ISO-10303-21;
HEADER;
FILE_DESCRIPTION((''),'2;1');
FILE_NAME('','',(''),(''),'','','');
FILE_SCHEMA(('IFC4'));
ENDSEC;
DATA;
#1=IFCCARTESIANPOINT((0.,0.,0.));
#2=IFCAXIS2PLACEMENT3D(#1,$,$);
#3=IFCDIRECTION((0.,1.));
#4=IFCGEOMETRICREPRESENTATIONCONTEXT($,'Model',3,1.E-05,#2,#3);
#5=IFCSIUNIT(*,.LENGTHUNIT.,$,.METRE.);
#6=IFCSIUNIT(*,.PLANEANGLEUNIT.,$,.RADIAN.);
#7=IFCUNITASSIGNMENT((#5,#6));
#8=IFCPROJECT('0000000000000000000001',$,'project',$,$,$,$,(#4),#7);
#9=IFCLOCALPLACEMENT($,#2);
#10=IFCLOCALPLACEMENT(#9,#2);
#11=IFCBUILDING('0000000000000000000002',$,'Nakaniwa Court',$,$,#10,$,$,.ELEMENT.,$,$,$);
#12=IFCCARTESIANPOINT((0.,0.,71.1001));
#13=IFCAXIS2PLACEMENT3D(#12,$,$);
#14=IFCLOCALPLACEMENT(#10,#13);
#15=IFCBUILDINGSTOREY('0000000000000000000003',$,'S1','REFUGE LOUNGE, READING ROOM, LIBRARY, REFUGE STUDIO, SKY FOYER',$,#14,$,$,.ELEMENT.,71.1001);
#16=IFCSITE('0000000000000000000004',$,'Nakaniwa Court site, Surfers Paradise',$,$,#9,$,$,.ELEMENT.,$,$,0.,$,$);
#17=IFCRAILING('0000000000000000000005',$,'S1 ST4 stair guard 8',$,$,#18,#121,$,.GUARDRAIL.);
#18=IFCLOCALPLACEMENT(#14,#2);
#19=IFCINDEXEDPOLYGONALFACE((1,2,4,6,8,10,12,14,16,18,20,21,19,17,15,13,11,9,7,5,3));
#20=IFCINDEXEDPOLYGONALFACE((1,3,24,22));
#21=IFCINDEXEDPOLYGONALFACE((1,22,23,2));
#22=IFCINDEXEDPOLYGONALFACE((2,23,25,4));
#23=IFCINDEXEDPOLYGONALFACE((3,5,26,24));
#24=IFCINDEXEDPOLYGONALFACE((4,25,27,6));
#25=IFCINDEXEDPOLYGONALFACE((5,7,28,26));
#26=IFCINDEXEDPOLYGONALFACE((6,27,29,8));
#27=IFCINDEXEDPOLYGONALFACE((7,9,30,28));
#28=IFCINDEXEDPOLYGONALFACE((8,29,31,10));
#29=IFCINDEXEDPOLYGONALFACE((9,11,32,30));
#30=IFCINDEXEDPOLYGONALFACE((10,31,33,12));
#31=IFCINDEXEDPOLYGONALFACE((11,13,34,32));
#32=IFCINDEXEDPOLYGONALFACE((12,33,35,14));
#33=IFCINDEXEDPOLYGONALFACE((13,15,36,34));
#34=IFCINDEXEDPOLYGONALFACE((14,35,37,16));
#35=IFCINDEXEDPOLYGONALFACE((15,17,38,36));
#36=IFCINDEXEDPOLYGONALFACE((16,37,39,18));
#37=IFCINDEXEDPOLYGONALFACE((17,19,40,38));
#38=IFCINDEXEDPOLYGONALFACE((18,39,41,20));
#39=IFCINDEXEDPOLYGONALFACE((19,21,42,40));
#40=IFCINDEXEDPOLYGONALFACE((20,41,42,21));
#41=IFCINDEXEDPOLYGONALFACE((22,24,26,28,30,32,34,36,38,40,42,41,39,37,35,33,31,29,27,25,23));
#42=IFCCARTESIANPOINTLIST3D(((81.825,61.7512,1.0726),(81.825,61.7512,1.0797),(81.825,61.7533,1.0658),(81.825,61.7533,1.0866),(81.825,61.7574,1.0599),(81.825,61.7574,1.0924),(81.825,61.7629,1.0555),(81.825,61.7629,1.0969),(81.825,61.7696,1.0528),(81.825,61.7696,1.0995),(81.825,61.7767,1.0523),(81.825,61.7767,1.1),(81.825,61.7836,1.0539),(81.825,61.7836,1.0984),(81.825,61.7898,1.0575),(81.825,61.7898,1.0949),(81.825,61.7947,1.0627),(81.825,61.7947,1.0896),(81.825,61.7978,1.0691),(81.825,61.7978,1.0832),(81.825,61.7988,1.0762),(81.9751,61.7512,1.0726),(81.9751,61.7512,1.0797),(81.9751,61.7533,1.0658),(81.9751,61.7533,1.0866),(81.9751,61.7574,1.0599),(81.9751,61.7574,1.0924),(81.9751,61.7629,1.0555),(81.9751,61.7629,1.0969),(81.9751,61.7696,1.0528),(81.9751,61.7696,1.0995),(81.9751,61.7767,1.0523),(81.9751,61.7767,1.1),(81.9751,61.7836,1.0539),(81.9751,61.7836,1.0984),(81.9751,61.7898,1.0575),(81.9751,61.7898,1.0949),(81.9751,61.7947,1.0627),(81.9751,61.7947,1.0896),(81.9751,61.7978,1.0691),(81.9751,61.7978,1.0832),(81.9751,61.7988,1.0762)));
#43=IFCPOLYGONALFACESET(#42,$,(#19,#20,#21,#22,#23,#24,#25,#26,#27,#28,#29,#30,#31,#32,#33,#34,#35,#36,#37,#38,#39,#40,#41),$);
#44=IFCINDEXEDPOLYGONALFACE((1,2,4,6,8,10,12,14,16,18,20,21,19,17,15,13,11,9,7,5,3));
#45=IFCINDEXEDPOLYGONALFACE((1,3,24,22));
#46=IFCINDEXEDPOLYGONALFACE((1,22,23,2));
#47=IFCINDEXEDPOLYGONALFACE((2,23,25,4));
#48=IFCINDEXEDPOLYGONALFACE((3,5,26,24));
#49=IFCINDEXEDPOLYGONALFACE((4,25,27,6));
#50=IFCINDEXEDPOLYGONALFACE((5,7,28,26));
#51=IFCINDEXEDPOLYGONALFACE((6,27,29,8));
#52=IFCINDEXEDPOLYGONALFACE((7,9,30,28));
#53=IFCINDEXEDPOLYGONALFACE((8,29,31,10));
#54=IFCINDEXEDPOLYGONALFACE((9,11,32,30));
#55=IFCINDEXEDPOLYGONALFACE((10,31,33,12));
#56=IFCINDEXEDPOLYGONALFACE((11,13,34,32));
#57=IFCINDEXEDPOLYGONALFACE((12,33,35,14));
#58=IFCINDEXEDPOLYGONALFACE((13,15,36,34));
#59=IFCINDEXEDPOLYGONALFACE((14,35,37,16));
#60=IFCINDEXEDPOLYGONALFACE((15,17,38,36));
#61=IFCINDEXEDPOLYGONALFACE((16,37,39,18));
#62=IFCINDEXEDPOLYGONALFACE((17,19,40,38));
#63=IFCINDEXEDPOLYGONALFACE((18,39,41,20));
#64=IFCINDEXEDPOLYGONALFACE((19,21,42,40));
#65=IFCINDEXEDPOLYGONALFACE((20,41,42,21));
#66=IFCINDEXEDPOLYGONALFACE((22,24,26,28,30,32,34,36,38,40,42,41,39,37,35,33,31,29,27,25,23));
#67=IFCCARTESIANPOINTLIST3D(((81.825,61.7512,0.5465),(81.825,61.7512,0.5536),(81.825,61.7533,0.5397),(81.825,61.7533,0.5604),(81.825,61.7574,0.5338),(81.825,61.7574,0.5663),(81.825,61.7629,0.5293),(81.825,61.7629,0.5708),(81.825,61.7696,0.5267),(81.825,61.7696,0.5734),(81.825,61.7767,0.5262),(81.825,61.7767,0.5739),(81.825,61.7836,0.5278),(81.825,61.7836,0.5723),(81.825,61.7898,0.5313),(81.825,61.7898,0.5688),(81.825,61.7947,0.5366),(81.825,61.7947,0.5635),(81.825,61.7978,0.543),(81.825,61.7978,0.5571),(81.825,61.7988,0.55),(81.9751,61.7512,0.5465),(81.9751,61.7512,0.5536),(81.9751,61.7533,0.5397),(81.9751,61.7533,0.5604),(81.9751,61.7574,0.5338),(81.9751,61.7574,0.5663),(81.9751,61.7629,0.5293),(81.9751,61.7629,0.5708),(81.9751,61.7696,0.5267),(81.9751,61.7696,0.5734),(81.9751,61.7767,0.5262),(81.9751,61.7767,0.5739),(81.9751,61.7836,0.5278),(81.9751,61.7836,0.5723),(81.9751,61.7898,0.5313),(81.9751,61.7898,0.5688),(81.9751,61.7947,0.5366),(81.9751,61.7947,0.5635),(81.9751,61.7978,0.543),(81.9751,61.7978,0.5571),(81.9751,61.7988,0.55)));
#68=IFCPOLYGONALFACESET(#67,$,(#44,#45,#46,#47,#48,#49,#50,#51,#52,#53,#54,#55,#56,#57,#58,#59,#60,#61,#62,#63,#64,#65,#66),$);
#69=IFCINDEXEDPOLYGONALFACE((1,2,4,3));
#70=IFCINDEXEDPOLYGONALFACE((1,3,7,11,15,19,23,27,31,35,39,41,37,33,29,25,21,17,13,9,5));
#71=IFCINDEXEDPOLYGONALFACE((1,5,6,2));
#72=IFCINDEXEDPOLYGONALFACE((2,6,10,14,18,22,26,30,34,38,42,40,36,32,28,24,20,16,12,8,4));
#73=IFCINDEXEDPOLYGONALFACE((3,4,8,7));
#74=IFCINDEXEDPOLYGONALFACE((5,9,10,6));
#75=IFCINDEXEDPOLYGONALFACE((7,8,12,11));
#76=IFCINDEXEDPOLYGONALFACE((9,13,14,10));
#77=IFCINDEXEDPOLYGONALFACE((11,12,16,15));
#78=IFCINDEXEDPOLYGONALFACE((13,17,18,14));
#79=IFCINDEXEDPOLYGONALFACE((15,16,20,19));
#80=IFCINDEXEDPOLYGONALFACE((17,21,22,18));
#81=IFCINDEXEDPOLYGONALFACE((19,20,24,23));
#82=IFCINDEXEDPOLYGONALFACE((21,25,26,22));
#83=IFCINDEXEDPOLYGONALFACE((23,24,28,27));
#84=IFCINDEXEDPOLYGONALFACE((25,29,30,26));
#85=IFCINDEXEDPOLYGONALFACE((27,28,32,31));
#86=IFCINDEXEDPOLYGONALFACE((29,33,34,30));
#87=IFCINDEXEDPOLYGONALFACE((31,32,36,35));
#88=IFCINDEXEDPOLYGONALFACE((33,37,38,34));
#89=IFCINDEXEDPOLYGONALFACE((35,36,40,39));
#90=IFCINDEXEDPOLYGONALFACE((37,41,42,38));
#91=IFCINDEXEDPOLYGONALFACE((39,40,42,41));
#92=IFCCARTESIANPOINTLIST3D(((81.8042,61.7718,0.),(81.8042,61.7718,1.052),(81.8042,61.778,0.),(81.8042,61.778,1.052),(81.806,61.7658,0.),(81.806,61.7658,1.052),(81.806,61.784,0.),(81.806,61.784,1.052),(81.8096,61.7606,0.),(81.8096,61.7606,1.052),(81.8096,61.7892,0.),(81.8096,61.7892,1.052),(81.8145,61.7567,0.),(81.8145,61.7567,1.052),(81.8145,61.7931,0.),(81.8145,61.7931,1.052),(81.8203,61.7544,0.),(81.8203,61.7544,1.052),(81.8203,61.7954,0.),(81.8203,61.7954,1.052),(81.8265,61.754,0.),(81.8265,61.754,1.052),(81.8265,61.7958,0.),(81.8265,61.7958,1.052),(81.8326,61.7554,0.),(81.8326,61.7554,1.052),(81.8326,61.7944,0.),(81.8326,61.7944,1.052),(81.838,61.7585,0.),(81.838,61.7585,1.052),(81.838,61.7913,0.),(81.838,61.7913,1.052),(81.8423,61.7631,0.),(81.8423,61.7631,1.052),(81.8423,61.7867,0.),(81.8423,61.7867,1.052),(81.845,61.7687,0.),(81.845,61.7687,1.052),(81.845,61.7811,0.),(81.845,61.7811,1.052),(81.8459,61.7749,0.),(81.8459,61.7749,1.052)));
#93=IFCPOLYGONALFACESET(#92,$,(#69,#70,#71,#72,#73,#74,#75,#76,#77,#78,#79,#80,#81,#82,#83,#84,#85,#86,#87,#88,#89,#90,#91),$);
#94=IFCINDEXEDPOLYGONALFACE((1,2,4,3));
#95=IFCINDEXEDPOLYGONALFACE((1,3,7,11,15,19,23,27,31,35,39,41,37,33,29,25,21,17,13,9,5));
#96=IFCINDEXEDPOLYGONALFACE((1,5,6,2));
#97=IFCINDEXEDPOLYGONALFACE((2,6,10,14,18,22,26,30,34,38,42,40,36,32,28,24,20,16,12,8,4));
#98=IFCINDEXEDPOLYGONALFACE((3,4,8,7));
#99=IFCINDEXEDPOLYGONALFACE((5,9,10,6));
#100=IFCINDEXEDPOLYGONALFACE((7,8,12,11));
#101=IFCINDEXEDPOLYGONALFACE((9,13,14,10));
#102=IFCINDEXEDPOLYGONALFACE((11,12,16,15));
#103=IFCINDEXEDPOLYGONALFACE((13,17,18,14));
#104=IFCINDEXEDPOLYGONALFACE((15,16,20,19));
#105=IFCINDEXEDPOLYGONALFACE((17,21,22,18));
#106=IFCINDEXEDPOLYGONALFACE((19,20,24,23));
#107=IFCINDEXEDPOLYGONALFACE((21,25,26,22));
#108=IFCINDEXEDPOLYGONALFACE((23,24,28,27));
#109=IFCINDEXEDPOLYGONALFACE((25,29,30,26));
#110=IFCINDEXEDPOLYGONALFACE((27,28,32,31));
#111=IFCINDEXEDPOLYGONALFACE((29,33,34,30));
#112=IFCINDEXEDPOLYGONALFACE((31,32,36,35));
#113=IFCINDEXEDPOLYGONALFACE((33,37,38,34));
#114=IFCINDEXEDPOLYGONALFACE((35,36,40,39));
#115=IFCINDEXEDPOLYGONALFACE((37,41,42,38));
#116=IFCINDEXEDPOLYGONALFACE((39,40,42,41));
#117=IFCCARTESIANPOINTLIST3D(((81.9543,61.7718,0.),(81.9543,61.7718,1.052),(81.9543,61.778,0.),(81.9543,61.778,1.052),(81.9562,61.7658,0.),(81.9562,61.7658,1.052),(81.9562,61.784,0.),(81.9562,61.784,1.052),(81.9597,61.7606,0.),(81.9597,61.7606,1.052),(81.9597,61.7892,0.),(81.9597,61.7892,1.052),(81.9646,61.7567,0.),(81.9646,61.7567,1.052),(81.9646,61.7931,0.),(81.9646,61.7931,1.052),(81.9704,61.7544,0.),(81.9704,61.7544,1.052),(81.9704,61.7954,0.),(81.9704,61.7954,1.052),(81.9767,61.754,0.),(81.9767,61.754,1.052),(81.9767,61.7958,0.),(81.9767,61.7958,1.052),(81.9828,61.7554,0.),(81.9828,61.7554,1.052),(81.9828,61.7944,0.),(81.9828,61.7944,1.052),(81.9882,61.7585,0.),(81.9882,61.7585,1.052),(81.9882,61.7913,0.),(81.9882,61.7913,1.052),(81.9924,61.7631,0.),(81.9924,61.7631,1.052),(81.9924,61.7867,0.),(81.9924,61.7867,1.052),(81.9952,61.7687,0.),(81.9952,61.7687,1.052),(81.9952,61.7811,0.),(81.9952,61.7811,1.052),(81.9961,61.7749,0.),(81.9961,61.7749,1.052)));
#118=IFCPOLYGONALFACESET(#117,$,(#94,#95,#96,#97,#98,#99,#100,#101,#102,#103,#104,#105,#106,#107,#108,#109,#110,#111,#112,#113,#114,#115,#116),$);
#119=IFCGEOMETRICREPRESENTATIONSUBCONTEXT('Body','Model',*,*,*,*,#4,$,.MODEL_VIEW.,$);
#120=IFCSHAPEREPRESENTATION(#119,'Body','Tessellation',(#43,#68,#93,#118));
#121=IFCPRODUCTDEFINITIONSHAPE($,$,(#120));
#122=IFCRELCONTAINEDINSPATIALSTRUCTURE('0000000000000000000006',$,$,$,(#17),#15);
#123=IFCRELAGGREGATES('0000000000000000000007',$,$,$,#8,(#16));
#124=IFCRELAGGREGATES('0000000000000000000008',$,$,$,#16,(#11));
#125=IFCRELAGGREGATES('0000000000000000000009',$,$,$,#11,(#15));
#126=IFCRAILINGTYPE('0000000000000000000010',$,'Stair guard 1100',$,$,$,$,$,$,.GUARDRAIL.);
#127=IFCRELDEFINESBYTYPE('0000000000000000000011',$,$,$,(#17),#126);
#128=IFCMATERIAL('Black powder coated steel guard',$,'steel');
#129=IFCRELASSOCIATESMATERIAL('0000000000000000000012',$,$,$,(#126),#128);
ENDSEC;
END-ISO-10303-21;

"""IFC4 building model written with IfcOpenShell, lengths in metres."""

from ifc_helpers import new_model, si_unit, direction, frame, origin, origin_2d, place, context, subcontext, project, spatial, circle, extrude, material, type_object, element, save


model = new_model("IFC4")

# Units and contexts
model_context = context("Model", 3, precision=1e-05, world=origin(), true_north=direction((0.0, 1.0)))
body_context = subcontext(model_context, "Body", "Model", "MODEL_VIEW")
ifc_project = project(units=[si_unit("LENGTHUNIT", "METRE"), si_unit("PLANEANGLEUNIT", "RADIAN")], contexts=[model_context])

# Site, building, storey
site_placement = place(None, origin())
site = spatial("IfcSite", under=ifc_project, at=site_placement, Name="Nakaniwa Court site, Surfers Paradise", CompositionType="ELEMENT", RefElevation=0.0)
building_placement = place(site_placement, origin())
building = spatial("IfcBuilding", under=site, at=building_placement, Name="Nakaniwa Court", CompositionType="ELEMENT")
storey_placement = place(building_placement, frame((0.0, 0.0, 71.1001)))
storey = spatial("IfcBuildingStorey", under=building, at=storey_placement, Name="S1", Description="REFUGE LOUNGE, READING ROOM, LIBRARY, REFUGE STUDIO, SKY FOYER", CompositionType="ELEMENT", Elevation=71.1001)

# Railing
ifc_material_1 = material(Name="Black powder coated steel guard", Category="steel")
railing_type = type_object("IfcRailingType", Name="Stair guard 1100", PredefinedType="GUARDRAIL", material=ifc_material_1)
railing_1_placement = place(storey_placement, frame((81.825, 61.7749, 0.0)))
element("IfcRailing", 1, at=railing_1_placement, inside=storey, type_object=railing_type, Name="S1 ST4 stair guard 8", PredefinedType="GUARDRAIL", context=body_context, shape_type="SweptSolid", body=[
    extrude(circle(Radius=0.0239, at=origin_2d()), frame((0.0, 0.0, 1.0762), z_axis=(1.0, 0.0, 0.0), x_axis=(0.0, 1.0, 0.0)), (0.0, 0.0, 1.0), 0.1501),
    extrude(circle(Radius=0.0239, at=origin_2d()), frame((0.0, 0.0, 0.55), z_axis=(1.0, 0.0, 0.0), x_axis=(0.0, 1.0, 0.0)), (0.0, 0.0, 1.0), 0.1501),
    extrude(circle(Radius=0.021, at=origin_2d()), origin(), (0.0, 0.0, 1.0), 1.052),
    extrude(circle(Radius=0.021, at=origin_2d()), frame((0.1501, 0.0, 0.0)), (0.0, 0.0, 1.0), 1.052),
])

save(model, "model.ifc")
